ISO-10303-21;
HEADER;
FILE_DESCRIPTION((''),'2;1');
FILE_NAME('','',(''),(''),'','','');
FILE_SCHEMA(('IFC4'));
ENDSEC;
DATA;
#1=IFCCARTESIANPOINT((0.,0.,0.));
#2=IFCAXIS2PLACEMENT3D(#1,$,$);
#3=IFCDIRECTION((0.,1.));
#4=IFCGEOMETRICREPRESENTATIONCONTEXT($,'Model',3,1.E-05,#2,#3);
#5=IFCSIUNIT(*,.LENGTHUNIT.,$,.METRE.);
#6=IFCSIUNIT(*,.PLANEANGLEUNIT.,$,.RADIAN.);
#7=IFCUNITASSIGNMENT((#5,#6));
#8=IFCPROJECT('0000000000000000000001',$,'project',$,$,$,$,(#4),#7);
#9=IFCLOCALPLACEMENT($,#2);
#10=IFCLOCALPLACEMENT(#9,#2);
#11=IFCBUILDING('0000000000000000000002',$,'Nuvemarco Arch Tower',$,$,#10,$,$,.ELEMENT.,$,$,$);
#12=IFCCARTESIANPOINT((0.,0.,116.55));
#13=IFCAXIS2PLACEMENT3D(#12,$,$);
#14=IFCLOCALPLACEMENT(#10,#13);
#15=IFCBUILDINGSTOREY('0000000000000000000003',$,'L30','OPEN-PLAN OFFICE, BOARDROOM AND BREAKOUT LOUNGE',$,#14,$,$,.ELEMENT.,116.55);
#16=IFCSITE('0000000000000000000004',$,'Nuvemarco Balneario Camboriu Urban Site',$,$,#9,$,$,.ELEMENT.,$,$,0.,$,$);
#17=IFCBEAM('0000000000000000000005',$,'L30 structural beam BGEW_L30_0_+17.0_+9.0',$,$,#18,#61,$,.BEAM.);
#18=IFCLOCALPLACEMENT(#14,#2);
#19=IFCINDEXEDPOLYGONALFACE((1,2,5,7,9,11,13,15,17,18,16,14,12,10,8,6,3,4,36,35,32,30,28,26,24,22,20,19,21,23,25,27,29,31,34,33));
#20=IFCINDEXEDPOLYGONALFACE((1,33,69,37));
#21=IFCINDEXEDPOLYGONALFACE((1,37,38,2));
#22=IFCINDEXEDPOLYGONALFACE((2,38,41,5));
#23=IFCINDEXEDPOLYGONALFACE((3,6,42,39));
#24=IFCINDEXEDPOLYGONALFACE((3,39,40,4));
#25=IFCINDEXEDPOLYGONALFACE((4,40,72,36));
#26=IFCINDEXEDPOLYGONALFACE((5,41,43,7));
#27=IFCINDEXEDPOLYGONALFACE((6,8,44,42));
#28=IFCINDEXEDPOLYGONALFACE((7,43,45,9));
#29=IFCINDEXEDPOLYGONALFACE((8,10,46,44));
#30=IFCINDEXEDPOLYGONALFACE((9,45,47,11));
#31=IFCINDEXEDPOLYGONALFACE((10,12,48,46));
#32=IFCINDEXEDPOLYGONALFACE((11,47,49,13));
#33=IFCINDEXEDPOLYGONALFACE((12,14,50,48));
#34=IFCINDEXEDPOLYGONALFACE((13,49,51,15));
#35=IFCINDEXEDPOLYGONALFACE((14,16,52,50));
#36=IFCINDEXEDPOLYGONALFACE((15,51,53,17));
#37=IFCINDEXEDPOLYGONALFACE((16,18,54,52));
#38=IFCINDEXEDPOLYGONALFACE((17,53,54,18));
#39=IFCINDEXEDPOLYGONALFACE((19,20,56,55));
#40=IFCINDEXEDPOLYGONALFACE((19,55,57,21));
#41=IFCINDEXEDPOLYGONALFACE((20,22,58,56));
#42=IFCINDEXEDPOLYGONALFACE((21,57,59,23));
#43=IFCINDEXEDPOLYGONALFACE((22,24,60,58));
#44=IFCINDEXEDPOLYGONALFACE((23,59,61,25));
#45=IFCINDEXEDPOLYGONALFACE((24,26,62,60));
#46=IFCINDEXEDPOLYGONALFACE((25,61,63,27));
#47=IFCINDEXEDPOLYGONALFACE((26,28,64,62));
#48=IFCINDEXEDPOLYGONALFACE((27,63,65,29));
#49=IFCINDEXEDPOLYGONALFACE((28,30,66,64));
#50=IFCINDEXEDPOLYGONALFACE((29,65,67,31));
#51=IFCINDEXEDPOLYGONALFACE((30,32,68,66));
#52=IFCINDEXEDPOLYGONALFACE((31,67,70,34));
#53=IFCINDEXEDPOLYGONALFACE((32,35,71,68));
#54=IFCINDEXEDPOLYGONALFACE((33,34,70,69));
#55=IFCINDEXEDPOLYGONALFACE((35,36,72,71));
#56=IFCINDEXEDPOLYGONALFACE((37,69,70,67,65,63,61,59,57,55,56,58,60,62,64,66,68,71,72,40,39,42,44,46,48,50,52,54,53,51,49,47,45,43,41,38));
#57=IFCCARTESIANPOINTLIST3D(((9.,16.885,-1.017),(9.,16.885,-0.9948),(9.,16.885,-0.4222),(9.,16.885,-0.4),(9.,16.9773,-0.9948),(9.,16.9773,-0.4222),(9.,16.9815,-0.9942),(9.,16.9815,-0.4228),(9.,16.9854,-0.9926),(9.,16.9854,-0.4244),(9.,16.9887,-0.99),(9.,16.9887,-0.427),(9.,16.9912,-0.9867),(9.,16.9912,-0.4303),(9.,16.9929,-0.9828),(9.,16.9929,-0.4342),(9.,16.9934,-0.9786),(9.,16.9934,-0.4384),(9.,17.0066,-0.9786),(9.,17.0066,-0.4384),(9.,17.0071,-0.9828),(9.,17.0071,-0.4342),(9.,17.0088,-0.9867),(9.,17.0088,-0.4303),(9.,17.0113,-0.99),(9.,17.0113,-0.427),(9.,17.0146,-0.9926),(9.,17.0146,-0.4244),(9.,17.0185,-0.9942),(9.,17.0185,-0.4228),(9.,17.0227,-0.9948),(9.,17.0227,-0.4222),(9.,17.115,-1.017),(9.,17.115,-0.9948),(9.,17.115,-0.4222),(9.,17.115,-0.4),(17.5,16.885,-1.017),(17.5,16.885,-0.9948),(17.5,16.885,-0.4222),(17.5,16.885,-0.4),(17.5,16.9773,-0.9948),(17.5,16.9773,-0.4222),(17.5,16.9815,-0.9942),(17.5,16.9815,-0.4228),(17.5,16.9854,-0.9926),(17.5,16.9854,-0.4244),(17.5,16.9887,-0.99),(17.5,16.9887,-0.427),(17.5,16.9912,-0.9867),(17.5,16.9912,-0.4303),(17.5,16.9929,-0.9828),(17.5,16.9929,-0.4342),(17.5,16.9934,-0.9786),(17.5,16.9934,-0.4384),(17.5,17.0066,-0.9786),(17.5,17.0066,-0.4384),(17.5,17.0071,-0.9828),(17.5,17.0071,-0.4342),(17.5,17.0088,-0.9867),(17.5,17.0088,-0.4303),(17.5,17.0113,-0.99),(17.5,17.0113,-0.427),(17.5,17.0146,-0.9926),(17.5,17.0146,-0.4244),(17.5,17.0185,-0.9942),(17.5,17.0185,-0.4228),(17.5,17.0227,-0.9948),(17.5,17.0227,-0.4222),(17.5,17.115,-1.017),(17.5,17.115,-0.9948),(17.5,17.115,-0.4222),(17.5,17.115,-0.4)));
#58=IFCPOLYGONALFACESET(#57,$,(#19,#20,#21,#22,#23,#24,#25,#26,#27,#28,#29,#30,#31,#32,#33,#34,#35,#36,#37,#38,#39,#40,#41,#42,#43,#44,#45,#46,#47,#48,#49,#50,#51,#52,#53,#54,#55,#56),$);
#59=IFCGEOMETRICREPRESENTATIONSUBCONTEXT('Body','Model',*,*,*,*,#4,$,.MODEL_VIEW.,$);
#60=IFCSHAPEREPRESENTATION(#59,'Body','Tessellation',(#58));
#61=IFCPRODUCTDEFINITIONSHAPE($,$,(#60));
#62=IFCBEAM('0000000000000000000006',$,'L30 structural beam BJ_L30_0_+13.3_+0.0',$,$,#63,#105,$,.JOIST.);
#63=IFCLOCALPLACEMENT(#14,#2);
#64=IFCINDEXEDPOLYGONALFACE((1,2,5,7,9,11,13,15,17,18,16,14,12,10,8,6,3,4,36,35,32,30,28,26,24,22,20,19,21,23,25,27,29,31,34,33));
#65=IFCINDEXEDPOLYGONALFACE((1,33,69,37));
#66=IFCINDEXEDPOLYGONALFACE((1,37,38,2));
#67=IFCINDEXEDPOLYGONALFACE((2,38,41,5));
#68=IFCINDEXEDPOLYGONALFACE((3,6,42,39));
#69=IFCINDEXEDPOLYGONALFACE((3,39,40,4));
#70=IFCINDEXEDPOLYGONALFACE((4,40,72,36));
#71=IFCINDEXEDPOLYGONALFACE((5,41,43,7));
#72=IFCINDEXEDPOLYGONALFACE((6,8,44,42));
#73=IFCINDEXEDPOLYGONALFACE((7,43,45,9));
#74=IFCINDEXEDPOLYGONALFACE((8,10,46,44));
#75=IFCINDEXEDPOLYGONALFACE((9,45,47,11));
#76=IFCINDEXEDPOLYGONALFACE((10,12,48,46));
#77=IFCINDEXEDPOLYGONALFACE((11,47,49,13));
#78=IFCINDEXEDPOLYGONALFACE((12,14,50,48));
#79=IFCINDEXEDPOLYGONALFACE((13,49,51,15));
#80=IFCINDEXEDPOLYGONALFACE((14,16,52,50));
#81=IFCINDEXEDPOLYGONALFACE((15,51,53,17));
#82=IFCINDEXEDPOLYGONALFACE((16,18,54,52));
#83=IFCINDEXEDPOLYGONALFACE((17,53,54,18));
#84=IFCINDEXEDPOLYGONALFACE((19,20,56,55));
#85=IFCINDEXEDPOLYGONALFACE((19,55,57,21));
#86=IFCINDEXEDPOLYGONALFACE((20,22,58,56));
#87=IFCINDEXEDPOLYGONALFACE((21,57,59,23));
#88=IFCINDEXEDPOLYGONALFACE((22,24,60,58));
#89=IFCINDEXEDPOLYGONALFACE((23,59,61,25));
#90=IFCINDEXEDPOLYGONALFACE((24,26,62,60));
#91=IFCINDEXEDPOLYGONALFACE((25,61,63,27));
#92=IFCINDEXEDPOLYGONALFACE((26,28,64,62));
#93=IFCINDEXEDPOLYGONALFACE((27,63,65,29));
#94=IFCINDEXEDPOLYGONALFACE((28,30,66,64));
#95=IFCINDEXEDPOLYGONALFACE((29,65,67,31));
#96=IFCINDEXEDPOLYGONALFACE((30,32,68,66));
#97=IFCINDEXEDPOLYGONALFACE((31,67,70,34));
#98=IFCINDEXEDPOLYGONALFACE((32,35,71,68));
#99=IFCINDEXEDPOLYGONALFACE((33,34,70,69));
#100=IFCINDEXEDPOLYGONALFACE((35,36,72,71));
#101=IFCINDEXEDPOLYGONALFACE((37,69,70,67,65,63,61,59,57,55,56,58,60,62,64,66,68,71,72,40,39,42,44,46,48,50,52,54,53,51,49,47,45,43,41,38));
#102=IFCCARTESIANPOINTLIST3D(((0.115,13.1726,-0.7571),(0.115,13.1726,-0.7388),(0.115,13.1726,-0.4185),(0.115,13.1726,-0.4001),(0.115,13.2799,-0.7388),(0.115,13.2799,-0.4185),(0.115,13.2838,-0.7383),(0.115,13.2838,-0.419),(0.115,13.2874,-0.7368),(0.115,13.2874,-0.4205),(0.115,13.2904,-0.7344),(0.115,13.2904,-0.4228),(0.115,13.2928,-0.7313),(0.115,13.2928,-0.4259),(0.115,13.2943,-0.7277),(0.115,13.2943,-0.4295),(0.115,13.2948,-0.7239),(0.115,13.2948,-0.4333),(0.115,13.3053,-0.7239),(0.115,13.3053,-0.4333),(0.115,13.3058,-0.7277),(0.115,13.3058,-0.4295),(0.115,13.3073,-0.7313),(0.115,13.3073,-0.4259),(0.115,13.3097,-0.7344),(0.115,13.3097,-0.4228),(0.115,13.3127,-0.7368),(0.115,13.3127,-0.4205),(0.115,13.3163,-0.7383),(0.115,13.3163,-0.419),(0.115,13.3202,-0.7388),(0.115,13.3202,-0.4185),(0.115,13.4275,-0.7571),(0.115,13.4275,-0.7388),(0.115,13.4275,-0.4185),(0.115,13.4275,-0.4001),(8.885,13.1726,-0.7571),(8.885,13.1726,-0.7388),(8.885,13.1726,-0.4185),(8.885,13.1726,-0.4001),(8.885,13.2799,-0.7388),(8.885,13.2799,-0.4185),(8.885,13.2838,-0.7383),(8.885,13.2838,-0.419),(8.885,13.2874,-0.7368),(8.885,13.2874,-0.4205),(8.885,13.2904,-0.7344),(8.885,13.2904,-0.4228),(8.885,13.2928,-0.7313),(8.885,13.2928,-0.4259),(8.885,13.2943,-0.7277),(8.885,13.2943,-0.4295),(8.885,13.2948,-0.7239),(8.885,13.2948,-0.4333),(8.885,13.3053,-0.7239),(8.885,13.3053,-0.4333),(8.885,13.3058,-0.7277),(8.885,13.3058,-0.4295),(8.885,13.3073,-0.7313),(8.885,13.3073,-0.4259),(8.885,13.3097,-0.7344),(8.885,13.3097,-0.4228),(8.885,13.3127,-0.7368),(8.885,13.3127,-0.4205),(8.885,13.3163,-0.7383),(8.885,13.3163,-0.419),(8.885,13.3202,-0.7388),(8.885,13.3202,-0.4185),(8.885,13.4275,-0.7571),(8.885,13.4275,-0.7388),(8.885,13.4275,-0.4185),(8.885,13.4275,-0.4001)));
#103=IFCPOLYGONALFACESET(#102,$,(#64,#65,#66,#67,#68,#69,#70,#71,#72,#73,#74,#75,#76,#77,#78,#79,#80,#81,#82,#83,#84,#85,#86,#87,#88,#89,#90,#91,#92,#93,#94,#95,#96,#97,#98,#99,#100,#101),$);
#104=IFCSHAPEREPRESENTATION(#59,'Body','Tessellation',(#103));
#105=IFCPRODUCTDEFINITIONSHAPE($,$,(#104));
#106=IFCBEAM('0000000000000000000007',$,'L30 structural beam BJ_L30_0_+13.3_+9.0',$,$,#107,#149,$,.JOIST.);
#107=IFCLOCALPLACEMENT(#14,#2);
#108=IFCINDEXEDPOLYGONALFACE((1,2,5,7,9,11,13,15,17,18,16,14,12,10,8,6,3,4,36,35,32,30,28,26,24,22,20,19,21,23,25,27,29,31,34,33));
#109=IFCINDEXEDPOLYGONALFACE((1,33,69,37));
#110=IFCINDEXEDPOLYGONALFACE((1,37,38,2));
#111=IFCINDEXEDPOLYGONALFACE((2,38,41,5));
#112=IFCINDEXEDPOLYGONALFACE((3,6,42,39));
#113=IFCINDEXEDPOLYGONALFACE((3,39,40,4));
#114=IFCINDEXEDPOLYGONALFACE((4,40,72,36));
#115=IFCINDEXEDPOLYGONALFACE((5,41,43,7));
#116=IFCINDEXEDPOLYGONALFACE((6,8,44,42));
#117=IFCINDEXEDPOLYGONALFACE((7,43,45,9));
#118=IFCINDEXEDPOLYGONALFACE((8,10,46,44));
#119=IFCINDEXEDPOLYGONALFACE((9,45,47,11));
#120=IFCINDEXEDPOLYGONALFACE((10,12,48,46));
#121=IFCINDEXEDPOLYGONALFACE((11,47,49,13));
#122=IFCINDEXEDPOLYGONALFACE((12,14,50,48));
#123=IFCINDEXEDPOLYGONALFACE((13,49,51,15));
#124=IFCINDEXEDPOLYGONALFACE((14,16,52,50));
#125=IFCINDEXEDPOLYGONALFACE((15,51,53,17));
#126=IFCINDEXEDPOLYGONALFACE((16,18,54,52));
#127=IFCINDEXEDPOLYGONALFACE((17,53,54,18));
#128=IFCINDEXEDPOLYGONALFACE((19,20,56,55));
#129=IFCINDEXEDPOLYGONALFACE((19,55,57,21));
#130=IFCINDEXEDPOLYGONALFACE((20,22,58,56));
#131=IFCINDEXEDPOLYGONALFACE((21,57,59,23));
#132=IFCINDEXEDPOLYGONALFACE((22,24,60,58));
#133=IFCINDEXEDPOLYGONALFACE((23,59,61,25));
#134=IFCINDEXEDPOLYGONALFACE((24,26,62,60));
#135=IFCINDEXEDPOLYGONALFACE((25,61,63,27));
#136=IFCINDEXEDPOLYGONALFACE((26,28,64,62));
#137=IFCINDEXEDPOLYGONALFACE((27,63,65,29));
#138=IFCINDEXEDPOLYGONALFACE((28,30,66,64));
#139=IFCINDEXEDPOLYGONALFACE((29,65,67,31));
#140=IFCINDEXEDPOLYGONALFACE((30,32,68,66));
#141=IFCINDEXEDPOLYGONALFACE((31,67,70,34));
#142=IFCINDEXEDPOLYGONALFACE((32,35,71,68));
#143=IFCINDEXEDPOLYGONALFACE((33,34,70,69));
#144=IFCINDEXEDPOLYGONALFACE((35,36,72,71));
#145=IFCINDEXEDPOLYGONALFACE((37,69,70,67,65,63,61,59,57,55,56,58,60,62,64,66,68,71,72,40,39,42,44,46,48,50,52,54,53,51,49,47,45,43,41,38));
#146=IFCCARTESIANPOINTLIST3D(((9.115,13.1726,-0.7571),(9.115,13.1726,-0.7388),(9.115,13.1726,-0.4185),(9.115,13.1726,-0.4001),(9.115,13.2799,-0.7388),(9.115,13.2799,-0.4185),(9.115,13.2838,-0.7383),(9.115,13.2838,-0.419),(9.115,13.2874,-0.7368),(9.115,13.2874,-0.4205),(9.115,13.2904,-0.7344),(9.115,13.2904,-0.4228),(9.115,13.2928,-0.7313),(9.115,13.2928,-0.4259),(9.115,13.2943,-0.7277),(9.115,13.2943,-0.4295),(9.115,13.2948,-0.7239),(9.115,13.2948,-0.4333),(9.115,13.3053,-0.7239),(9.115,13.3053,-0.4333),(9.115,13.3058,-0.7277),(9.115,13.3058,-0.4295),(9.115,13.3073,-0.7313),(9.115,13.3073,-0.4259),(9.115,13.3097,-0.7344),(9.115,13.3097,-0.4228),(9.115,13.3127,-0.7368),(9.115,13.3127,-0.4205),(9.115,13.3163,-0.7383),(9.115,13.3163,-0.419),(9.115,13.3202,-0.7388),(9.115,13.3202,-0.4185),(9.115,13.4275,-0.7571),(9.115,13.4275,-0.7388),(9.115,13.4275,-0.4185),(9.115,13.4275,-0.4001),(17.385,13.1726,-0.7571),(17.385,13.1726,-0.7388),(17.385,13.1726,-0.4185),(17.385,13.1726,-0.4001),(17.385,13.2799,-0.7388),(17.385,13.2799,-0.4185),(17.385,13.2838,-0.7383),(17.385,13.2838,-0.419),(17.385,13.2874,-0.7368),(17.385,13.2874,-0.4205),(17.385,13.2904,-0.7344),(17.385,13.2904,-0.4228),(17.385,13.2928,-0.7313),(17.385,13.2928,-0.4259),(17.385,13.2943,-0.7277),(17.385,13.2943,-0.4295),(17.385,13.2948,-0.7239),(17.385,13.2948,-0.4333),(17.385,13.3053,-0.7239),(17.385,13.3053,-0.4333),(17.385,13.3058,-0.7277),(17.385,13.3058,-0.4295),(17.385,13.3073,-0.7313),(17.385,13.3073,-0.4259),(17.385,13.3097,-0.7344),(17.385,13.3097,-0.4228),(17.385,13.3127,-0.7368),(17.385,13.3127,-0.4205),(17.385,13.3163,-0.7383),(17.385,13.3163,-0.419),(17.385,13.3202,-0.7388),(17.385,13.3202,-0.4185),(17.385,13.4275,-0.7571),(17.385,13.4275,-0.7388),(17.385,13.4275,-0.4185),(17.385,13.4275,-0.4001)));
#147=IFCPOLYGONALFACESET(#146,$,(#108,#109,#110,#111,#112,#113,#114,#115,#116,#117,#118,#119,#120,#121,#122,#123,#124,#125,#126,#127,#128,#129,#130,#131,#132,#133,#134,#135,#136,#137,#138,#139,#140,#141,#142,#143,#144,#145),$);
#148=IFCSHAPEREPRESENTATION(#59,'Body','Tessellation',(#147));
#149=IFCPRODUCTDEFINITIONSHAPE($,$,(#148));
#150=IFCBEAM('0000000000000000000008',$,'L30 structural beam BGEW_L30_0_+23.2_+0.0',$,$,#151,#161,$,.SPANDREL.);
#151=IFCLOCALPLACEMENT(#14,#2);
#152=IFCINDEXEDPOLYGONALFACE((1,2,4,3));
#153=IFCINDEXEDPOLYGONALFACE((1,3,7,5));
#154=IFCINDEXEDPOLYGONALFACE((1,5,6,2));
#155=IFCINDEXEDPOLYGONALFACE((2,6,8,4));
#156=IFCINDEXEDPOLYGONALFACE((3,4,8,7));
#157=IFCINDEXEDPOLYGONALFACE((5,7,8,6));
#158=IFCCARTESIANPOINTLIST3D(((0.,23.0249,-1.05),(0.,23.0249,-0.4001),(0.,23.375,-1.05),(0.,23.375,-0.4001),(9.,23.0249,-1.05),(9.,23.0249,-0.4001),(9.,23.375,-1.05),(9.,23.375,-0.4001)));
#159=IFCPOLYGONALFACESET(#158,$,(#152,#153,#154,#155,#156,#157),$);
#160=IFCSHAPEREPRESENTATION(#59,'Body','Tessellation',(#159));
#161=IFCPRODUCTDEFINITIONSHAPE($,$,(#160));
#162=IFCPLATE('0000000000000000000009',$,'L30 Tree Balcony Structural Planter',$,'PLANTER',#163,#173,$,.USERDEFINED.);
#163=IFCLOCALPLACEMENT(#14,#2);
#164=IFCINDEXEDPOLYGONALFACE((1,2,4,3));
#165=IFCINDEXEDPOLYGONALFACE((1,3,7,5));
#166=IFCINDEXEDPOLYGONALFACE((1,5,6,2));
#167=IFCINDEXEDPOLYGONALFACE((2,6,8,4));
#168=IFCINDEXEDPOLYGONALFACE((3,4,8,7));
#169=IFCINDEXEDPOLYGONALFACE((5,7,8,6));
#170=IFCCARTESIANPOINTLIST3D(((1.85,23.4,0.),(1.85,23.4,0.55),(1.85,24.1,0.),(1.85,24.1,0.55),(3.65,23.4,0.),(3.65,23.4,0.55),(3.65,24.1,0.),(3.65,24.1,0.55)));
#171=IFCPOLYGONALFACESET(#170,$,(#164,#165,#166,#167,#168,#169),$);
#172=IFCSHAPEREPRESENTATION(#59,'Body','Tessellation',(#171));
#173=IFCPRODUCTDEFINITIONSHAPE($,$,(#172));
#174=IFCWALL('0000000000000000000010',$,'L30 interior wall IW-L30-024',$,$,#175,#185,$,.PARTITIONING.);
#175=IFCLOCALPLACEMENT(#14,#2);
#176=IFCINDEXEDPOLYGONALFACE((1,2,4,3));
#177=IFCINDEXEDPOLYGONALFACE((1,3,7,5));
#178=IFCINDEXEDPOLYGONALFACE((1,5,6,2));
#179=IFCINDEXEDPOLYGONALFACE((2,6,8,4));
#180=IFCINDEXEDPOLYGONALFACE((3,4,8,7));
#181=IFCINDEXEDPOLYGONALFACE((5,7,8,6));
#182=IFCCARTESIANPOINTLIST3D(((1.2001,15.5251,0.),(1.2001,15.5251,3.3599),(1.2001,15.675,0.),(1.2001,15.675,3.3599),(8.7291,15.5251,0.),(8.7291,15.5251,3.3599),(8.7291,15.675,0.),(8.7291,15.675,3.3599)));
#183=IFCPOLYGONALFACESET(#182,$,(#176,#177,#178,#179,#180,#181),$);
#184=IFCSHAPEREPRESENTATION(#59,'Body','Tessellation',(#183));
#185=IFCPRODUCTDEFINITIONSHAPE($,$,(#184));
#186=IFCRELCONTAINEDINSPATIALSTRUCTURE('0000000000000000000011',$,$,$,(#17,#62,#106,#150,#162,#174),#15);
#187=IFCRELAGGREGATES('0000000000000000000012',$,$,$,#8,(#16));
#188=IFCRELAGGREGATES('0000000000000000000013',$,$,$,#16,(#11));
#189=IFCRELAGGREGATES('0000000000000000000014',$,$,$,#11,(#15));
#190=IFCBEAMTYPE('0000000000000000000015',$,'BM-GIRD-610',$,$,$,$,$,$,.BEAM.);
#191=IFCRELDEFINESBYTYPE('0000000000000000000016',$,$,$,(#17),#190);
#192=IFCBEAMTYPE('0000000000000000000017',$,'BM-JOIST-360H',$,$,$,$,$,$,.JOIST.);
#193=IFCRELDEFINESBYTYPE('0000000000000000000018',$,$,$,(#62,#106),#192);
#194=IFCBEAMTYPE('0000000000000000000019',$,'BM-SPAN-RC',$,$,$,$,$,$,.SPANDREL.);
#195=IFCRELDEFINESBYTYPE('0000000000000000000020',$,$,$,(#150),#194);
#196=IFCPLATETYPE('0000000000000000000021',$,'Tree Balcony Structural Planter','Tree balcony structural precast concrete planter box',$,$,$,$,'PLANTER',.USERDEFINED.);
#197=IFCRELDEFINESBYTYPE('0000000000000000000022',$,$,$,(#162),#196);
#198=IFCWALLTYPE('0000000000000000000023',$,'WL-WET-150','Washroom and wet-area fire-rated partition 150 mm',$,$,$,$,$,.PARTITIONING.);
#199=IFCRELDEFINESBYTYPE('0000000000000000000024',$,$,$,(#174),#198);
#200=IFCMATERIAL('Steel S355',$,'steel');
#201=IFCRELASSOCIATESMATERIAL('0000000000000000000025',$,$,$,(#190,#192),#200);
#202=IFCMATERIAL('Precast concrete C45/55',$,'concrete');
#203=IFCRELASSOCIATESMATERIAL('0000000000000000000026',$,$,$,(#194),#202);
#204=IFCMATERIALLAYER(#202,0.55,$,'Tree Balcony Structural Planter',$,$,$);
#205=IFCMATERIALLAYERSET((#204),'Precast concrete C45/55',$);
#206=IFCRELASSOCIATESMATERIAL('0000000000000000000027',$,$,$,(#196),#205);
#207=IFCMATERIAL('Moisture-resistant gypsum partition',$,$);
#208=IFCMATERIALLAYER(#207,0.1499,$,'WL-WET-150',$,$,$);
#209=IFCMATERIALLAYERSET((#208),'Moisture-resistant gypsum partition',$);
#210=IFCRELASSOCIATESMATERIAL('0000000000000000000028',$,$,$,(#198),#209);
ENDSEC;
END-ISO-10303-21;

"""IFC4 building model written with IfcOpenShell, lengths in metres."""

from ifc_helpers import new_model, si_unit, direction, frame, frame_2d, origin, origin_2d, place, context, subcontext, project, spatial, rectangle, i_section, extrude, source, transform, mapped, material, layer, layer_set, material_profile, profile_set, type_object, type_shapes, element, save


model = new_model("IFC4")

# Units and contexts
model_context = context("Model", 3, precision=1e-05, world=origin(), true_north=direction((0.0, 1.0)))
body_context = subcontext(model_context, "Body", "Model", "MODEL_VIEW")
ifc_project = project(units=[si_unit("LENGTHUNIT", "METRE"), si_unit("PLANEANGLEUNIT", "RADIAN")], contexts=[model_context])

# Site, building, storey
site_placement = place(None, origin())
site = spatial("IfcSite", under=ifc_project, at=site_placement, Name="Nuvemarco Balneario Camboriu Urban Site", CompositionType="ELEMENT", RefElevation=0.0)
building_placement = place(site_placement, origin())
building = spatial("IfcBuilding", under=site, at=building_placement, Name="Nuvemarco Arch Tower", CompositionType="ELEMENT")
storey_placement = place(building_placement, frame((0.0, 0.0, 116.55)))
storey = spatial("IfcBuildingStorey", under=building, at=storey_placement, Name="L30", Description="OPEN-PLAN OFFICE, BOARDROOM AND BREAKOUT LOUNGE", CompositionType="ELEMENT", Elevation=116.55)

# Shared definitions
ifc_material_1 = material(Name="Steel S355", Category="steel")

# Beams
ifc_material_profile_1 = material_profile(ifc_material_1, i_section(OverallWidth=0.23, OverallDepth=0.6169, WebThickness=0.0132, FlangeThickness=0.0222, FilletRadius=0.0161, at=origin_2d()), Name="W610x140")
ifc_profile_set_1 = profile_set([ifc_material_profile_1], Name="Steel S355")
beam_type_1 = type_object("IfcBeamType", Name="BM-GIRD-610", PredefinedType="BEAM", material=ifc_profile_set_1)
beam_1_placement = place(storey_placement, frame((9.0, 17.0, -0.7085), z_axis=(1.0, 0.0, 0.0), x_axis=(0.0, 1.0, 0.0)))
element("IfcBeam", 1, at=beam_1_placement, inside=storey, type_object=beam_type_1, Name="L30 structural beam BGEW_L30_0_+17.0_+9.0", PredefinedType="BEAM", context=body_context, shape_type="SweptSolid", body=[
    extrude(i_section(OverallWidth=0.23, OverallDepth=0.6169, WebThickness=0.0132, FlangeThickness=0.0222, FilletRadius=0.0161, at=origin_2d()), origin(), (0.0, 0.0, 1.0), 8.5),
])
ifc_material_profile_2 = material_profile(ifc_material_1, i_section(OverallWidth=0.2549, OverallDepth=0.3569, WebThickness=0.0105, FlangeThickness=0.0183, FilletRadius=0.0149, at=origin_2d()), Name="W360x101")
ifc_profile_set_2 = profile_set([ifc_material_profile_2], Name="Steel S355")
beam_type_2 = type_object("IfcBeamType", Name="BM-JOIST-360H", PredefinedType="JOIST", material=ifc_profile_set_2)
beam_2_placement = place(storey_placement, frame((0.115, 13.3, -0.5786), z_axis=(1.0, 0.0, 0.0), x_axis=(0.0, 1.0, 0.0)))
element("IfcBeam", 2, at=beam_2_placement, inside=storey, type_object=beam_type_2, Name="L30 structural beam BJ_L30_0_+13.3_+0.0", PredefinedType="JOIST", context=body_context, shape_type="SweptSolid", body=[
    extrude(i_section(OverallWidth=0.2549, OverallDepth=0.3569, WebThickness=0.0105, FlangeThickness=0.0183, FilletRadius=0.0149, at=origin_2d()), origin(), (0.0, 0.0, 1.0), 8.77),
])
beam_3_placement = place(storey_placement, frame((9.115, 13.3, -0.5786), z_axis=(1.0, 0.0, 0.0), x_axis=(0.0, 1.0, 0.0)))
element("IfcBeam", 3, at=beam_3_placement, inside=storey, type_object=beam_type_2, Name="L30 structural beam BJ_L30_0_+13.3_+9.0", PredefinedType="JOIST", context=body_context, shape_type="SweptSolid", body=[
    extrude(i_section(OverallWidth=0.2549, OverallDepth=0.3569, WebThickness=0.0105, FlangeThickness=0.0183, FilletRadius=0.0149, at=origin_2d()), origin(), (0.0, 0.0, 1.0), 8.27),
])
ifc_material_2 = material(Name="Precast concrete C45/55", Category="concrete")
ifc_material_profile_3 = material_profile(ifc_material_2, rectangle(XDim=0.3501, YDim=0.6499, at=origin_2d()), Name="PC-SP-350x650")
ifc_profile_set_3 = profile_set([ifc_material_profile_3], Name="Precast concrete C45/55")
beam_type_3 = type_object("IfcBeamType", Name="BM-SPAN-RC", PredefinedType="SPANDREL", material=ifc_profile_set_3)
beam_4_placement = place(storey_placement, frame((0.0, 23.2, -0.7251), z_axis=(1.0, 0.0, 0.0), x_axis=(0.0, 1.0, 0.0)))
element("IfcBeam", 4, at=beam_4_placement, inside=storey, type_object=beam_type_3, Name="L30 structural beam BGEW_L30_0_+23.2_+0.0", PredefinedType="SPANDREL", context=body_context, shape_type="SweptSolid", body=[
    extrude(rectangle(XDim=0.3501, YDim=0.6499, at=origin_2d()), origin(), (0.0, 0.0, 1.0), 9.0),
])

# Plate
ifc_layer_1 = layer(ifc_material_2, 0.55, Name="Tree Balcony Structural Planter")
ifc_layer_set_1 = layer_set([ifc_layer_1], Name="Precast concrete C45/55")
plate_type = type_object("IfcPlateType", Name="Tree Balcony Structural Planter", Description="Tree balcony structural precast concrete planter box", ElementType="PLANTER", PredefinedType="USERDEFINED", material=ifc_layer_set_1)
shared_shape_1 = source(origin(), body_context, "Body", "SweptSolid", [
    extrude(rectangle(XDim=1.8, YDim=0.7, at=origin_2d()), origin(), (0.0, 0.0, 1.0), 0.55),
])
type_shapes(plate_type, [shared_shape_1])
plate_placement = place(storey_placement, frame((2.75, 23.75, 0.0), z_axis=(0.0, 0.0, 1.0), x_axis=(1.0, 0.0, 0.0)))
element("IfcPlate", 5, at=plate_placement, inside=storey, type_object=plate_type, Name="L30 Tree Balcony Structural Planter", ObjectType="PLANTER", PredefinedType="USERDEFINED", context=body_context, shape_type="MappedRepresentation", body=[
    mapped(shared_shape_1, transform((0.0, 0.0, 0.0), scale=1.0)),
])

# Wall
ifc_material_3 = material(Name="Moisture-resistant gypsum partition")
ifc_layer_2 = layer(ifc_material_3, 0.1499, Name="WL-WET-150")
ifc_layer_set_2 = layer_set([ifc_layer_2], Name="Moisture-resistant gypsum partition")
wall_type = type_object("IfcWallType", Name="WL-WET-150", Description="Washroom and wet-area fire-rated partition 150 mm", PredefinedType="PARTITIONING", material=ifc_layer_set_2)
wall_1_placement = place(storey_placement, frame((1.2, 15.6001, 0.0), z_axis=(0.0, 0.0, 1.0), x_axis=(1.0, 0.0, 0.0)))
element("IfcWall", 6, at=wall_1_placement, inside=storey, type_object=wall_type, Name="L30 interior wall IW-L30-024", PredefinedType="PARTITIONING", context=body_context, shape_type="SweptSolid", body=[
    extrude(rectangle(XDim=7.5291, YDim=0.1499, at=frame_2d((3.7646, 0.0))), origin(), (0.0, 0.0, 1.0), 3.3599),
])

save(model, "model.ifc")
